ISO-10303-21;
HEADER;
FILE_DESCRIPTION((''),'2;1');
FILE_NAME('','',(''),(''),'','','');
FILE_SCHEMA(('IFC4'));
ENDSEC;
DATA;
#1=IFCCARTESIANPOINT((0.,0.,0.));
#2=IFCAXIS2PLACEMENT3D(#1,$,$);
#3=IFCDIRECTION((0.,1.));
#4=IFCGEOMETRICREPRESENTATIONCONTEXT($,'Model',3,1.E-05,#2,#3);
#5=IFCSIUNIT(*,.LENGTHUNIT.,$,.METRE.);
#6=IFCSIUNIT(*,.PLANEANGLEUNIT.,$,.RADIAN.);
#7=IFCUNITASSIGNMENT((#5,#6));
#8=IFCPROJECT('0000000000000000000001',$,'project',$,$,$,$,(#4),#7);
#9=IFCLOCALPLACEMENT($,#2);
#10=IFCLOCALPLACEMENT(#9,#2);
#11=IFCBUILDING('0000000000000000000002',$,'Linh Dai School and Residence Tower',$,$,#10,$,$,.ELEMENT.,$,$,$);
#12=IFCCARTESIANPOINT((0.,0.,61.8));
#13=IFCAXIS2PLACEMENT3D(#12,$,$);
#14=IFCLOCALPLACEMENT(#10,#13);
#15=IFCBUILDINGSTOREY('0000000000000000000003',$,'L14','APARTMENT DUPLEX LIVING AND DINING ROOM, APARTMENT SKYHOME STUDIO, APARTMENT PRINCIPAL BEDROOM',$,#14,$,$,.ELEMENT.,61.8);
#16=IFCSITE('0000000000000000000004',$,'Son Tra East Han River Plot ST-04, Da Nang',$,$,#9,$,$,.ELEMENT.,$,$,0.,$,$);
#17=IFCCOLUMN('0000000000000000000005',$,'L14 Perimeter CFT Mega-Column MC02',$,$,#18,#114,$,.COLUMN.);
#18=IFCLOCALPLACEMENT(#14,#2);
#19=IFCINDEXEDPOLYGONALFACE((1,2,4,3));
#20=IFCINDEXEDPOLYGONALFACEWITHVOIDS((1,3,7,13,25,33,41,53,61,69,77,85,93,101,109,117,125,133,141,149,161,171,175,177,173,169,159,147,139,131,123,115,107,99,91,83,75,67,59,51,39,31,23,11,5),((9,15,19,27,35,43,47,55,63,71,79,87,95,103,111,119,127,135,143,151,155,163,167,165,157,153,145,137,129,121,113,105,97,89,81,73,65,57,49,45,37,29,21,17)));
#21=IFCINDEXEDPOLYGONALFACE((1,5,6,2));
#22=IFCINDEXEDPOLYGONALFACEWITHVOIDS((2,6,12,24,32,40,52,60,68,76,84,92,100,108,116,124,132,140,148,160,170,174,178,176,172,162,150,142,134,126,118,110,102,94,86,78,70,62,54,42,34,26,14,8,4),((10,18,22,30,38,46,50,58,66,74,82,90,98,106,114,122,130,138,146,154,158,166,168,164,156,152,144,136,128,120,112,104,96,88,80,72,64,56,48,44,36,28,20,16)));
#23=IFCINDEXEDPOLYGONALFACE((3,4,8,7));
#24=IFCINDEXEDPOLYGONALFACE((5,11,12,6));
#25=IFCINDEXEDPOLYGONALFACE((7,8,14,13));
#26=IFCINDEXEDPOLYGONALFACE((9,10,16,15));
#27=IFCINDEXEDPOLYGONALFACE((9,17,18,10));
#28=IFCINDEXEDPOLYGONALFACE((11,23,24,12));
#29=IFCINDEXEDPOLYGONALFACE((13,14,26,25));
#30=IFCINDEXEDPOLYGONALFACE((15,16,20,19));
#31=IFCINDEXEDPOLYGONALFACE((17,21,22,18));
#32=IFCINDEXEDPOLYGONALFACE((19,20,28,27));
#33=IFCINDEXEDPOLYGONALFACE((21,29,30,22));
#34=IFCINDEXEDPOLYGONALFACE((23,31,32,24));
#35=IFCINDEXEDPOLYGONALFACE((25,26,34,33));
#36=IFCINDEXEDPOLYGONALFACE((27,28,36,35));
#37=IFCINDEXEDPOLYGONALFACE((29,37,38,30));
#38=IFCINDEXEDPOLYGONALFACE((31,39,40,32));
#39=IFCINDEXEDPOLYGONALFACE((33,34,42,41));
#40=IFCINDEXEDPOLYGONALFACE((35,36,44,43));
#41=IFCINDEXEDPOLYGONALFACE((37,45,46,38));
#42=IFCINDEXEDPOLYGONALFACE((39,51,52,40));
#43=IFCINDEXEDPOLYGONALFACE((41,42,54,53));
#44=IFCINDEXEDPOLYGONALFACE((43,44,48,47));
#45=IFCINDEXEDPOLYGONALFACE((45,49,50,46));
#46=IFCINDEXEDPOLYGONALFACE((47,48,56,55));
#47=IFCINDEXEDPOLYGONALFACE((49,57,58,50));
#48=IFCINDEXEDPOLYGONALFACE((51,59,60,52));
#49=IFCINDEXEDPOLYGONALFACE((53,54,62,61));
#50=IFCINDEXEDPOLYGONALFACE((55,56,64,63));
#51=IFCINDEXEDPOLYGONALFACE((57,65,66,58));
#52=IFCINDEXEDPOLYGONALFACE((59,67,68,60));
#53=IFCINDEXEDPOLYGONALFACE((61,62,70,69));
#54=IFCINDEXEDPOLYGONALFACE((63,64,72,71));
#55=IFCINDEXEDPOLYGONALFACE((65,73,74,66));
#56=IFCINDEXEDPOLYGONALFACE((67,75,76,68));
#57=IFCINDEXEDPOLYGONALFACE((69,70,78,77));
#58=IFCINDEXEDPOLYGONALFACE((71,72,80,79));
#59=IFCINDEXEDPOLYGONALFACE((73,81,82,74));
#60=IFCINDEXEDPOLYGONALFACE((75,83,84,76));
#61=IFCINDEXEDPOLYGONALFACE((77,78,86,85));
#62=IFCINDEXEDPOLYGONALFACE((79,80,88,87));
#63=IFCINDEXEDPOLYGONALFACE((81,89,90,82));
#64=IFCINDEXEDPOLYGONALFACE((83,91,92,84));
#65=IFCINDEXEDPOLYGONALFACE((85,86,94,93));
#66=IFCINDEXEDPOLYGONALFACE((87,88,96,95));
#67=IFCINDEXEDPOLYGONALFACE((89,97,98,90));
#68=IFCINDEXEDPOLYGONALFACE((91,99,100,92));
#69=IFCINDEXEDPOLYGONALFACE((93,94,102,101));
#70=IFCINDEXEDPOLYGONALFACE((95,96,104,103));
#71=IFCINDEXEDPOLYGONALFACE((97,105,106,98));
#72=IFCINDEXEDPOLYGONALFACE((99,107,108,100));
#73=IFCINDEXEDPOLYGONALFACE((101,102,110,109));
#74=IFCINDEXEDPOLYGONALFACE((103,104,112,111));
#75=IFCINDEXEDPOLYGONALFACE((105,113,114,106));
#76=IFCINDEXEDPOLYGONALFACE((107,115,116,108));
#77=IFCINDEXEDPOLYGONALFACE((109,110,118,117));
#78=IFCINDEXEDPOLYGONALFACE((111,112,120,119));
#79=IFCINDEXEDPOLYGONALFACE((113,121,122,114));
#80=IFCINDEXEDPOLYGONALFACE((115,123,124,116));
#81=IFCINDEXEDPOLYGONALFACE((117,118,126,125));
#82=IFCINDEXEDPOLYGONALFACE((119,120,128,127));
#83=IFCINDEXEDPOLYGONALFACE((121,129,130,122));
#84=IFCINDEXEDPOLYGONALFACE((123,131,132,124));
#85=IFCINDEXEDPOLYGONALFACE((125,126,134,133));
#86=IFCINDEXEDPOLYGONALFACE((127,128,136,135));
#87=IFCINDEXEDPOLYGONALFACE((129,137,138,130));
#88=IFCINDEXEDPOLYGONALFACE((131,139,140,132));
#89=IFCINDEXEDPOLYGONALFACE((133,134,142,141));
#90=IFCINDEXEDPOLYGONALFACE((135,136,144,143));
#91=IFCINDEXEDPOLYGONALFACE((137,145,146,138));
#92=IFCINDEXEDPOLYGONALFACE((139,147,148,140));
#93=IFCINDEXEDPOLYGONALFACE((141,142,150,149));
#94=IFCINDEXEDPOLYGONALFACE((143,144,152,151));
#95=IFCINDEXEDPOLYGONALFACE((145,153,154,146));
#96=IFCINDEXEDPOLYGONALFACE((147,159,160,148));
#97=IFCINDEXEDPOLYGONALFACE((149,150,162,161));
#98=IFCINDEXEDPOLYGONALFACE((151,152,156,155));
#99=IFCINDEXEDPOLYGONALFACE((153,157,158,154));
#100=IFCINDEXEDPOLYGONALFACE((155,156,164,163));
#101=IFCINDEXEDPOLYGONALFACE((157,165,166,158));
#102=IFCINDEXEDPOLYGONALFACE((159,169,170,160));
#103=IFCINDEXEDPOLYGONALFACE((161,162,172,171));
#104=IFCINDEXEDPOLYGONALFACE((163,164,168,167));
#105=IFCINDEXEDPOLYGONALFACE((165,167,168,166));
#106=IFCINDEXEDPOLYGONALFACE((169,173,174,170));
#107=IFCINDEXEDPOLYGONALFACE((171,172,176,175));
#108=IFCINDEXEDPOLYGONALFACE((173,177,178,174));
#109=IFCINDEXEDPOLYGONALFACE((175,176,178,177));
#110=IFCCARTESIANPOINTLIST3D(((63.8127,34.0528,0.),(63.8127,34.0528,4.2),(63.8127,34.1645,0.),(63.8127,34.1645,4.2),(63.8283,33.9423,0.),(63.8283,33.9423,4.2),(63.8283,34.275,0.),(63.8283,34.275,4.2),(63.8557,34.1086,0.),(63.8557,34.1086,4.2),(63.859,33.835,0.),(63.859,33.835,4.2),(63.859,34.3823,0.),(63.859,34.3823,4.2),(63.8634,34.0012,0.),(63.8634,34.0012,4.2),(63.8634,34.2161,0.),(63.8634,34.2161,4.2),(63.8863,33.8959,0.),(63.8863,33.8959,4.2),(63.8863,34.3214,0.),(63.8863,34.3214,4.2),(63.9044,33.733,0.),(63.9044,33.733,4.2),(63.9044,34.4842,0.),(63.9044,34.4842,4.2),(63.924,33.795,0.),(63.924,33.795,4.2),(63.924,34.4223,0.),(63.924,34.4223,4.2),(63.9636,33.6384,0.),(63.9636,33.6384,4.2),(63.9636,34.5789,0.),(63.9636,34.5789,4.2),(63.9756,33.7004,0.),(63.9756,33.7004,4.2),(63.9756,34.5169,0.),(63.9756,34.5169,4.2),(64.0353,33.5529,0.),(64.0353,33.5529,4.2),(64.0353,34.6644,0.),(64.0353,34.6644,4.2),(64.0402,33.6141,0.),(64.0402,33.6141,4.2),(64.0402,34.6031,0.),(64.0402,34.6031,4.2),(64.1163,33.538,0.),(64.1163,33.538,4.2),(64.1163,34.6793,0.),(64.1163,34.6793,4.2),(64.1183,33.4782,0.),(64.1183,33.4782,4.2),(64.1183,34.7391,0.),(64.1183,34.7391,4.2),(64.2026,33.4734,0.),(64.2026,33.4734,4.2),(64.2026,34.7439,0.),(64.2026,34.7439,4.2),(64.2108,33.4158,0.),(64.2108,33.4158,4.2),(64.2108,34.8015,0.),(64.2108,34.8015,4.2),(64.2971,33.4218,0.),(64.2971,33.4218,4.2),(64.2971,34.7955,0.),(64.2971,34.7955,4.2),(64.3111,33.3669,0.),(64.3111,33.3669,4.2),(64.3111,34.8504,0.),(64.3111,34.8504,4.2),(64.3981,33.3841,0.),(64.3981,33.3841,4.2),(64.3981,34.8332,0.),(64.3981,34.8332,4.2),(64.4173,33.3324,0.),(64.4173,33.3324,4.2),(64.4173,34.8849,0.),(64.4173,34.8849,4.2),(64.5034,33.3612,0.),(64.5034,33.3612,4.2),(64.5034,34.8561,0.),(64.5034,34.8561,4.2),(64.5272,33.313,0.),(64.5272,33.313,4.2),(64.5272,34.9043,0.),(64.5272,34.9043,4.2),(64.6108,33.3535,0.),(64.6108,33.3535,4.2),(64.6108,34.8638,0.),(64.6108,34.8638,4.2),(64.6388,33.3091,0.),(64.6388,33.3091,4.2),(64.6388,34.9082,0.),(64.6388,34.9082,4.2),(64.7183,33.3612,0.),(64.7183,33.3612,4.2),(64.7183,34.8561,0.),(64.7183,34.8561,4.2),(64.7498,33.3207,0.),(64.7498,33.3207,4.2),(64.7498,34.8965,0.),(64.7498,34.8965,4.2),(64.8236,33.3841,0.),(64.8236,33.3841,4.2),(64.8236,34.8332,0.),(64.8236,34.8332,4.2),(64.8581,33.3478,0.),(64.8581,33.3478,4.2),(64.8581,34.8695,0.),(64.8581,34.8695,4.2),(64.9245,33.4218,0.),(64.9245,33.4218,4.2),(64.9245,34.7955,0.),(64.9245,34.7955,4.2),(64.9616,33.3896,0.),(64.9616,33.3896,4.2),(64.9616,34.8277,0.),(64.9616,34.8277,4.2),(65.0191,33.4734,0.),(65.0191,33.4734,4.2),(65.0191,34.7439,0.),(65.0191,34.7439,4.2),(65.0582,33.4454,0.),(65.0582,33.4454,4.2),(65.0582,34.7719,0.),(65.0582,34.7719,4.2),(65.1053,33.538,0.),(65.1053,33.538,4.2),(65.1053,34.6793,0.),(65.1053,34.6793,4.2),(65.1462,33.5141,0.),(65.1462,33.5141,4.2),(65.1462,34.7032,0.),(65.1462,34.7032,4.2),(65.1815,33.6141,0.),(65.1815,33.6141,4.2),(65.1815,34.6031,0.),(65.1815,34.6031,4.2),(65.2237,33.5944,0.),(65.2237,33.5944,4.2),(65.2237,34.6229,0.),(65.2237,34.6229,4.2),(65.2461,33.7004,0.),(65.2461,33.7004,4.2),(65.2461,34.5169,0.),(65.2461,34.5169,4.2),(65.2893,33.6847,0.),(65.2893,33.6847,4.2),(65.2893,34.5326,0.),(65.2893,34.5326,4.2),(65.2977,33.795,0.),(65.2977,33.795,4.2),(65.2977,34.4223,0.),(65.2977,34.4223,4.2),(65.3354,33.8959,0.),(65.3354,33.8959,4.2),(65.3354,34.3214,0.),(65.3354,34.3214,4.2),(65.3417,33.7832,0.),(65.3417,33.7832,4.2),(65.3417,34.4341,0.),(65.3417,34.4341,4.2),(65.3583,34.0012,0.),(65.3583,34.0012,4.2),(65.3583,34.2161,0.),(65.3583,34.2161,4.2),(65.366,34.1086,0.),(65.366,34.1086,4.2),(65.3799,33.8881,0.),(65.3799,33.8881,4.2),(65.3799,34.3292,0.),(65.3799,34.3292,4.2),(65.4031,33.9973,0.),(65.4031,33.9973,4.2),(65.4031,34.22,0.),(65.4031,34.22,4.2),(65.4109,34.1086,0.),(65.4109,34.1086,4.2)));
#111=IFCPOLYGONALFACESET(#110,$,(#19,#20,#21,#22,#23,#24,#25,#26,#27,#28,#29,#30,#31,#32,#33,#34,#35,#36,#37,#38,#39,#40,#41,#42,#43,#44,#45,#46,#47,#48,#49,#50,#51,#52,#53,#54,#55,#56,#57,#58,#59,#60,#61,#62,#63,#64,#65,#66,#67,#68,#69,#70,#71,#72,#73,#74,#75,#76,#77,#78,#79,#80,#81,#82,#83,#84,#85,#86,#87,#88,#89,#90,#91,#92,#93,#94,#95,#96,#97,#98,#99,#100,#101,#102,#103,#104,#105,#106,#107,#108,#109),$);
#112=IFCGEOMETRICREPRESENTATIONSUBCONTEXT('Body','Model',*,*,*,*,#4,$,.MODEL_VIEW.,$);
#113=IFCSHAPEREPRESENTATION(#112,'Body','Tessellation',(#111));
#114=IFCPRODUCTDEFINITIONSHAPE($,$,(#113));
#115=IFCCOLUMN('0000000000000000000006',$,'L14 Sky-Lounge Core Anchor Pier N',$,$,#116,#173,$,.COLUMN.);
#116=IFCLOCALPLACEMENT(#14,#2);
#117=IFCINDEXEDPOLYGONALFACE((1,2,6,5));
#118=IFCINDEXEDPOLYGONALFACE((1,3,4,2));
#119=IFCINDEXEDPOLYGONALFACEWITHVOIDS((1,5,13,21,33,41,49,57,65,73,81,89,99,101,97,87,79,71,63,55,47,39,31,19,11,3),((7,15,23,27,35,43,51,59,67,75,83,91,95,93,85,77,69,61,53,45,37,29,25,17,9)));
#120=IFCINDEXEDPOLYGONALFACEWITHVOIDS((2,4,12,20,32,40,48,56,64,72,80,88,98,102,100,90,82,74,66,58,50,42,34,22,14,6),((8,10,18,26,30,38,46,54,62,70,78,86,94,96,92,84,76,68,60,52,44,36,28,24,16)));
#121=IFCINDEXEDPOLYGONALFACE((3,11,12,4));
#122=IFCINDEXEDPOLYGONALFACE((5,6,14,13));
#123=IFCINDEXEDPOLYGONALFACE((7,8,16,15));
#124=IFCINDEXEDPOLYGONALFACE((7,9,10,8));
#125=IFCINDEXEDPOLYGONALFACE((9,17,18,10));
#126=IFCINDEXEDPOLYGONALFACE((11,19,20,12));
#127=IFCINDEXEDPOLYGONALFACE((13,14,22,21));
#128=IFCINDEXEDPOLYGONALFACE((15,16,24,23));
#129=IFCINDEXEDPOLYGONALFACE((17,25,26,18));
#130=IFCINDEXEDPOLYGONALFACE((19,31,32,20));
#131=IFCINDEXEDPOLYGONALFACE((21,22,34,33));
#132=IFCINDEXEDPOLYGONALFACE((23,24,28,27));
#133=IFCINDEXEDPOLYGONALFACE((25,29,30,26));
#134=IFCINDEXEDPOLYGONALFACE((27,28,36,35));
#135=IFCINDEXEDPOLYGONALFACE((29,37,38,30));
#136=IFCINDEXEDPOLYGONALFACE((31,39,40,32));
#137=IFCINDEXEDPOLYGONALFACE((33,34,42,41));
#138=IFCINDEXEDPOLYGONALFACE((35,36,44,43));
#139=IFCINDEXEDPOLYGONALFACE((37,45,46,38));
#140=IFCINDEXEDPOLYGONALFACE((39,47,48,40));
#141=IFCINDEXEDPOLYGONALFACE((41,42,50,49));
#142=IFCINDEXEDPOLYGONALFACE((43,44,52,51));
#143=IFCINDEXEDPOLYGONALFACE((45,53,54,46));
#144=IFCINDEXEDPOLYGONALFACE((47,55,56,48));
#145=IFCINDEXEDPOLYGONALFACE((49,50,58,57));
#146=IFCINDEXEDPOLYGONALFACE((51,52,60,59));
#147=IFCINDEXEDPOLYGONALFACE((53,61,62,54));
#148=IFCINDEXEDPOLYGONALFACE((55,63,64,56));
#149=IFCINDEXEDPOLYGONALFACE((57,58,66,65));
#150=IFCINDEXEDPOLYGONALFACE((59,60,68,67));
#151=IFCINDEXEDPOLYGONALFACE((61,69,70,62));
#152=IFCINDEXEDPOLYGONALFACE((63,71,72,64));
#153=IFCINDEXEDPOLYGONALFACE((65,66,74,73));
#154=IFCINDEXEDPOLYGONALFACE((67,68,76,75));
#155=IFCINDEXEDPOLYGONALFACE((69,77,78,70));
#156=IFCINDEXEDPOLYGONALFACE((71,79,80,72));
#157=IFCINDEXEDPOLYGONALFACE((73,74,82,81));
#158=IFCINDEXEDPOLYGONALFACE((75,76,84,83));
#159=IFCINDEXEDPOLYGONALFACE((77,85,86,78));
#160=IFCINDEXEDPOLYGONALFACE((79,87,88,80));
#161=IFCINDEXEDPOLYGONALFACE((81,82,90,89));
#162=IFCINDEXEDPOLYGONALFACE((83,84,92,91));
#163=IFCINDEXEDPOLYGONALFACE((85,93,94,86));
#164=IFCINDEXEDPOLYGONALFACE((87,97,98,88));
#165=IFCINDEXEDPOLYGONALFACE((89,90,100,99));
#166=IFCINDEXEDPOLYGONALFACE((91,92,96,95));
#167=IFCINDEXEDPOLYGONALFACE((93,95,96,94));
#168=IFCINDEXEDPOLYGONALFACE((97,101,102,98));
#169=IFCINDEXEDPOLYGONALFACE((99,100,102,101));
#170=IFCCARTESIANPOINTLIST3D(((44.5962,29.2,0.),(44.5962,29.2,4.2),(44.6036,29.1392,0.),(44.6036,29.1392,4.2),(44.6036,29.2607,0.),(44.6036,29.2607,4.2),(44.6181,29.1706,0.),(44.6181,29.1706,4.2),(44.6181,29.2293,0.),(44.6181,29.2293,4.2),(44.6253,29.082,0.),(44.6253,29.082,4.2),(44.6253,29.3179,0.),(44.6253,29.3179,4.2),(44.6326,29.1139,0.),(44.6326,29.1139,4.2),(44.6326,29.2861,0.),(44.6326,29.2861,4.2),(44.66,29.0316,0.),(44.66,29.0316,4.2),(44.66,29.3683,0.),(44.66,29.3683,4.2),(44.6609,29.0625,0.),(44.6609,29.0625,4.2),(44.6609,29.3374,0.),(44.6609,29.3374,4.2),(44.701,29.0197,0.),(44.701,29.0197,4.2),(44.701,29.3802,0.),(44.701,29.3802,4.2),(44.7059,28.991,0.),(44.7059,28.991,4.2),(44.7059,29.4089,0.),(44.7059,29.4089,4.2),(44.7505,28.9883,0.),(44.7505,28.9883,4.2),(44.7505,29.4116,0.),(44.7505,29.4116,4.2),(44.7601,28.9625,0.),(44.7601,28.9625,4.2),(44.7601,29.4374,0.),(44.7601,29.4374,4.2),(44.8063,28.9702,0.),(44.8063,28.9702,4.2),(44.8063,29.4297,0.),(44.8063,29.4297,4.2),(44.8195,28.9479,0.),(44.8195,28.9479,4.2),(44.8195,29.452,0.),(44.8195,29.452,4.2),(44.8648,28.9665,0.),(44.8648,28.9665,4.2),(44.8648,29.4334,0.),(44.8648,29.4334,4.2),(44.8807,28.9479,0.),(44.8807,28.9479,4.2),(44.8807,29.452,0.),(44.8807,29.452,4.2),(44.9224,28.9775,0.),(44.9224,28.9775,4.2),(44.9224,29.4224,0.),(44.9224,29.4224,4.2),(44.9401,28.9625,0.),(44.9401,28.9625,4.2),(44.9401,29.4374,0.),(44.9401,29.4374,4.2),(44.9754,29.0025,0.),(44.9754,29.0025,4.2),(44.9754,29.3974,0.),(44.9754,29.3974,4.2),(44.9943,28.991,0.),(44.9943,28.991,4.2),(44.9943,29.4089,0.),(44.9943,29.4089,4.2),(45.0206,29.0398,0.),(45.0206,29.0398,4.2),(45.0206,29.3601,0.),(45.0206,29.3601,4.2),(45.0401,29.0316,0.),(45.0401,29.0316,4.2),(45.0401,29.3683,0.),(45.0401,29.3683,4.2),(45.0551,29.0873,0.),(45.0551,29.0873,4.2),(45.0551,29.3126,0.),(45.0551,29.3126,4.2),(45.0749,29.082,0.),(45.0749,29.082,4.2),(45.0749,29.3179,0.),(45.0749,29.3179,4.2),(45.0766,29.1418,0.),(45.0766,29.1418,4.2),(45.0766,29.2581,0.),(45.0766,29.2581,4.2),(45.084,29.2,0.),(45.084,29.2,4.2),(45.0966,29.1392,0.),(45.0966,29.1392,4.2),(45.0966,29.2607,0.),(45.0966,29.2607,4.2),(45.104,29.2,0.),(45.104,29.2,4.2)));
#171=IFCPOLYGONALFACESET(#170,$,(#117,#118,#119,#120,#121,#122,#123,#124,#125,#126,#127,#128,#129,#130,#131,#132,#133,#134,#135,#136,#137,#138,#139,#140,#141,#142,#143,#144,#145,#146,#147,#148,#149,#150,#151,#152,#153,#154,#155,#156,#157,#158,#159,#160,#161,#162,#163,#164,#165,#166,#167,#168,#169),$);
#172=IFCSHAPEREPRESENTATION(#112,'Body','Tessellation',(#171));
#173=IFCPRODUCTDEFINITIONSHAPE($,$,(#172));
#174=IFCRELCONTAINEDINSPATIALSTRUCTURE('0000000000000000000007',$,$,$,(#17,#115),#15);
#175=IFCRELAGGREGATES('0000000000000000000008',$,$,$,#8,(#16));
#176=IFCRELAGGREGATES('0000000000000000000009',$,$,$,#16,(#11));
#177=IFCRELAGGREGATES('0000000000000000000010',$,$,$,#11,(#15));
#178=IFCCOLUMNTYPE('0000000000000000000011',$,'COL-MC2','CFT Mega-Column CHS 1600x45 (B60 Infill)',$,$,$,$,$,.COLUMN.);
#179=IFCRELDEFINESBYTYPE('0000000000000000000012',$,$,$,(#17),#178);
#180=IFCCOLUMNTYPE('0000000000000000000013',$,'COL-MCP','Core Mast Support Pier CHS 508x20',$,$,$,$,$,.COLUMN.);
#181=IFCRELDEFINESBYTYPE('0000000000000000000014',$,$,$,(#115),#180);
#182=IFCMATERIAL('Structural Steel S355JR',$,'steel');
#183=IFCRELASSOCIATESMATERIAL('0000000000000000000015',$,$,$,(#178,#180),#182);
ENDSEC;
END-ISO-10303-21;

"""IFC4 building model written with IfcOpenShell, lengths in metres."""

from ifc_helpers import new_model, si_unit, direction, frame, origin, origin_2d, place, context, subcontext, project, spatial, hollow_circle, extrude, material, material_profile, profile_set, type_object, element, save


model = new_model("IFC4")

# Units and contexts
model_context = context("Model", 3, precision=1e-05, world=origin(), true_north=direction((0.0, 1.0)))
body_context = subcontext(model_context, "Body", "Model", "MODEL_VIEW")
ifc_project = project(units=[si_unit("LENGTHUNIT", "METRE"), si_unit("PLANEANGLEUNIT", "RADIAN")], contexts=[model_context])

# Site, building, storey
site_placement = place(None, origin())
site = spatial("IfcSite", under=ifc_project, at=site_placement, Name="Son Tra East Han River Plot ST-04, Da Nang", CompositionType="ELEMENT", RefElevation=0.0)
building_placement = place(site_placement, origin())
building = spatial("IfcBuilding", under=site, at=building_placement, Name="Linh Dai School and Residence Tower", CompositionType="ELEMENT")
storey_placement = place(building_placement, frame((0.0, 0.0, 61.8)))
storey = spatial("IfcBuildingStorey", under=building, at=storey_placement, Name="L14", Description="APARTMENT DUPLEX LIVING AND DINING ROOM, APARTMENT SKYHOME STUDIO, APARTMENT PRINCIPAL BEDROOM", CompositionType="ELEMENT", Elevation=61.8)

# Columns
ifc_material_1 = material(Name="Structural Steel S355JR", Category="steel")
ifc_material_profile_1 = material_profile(ifc_material_1, hollow_circle(Radius=0.8, WallThickness=0.0449, at=origin_2d()), Name="CHS 1600x45")
ifc_profile_set_1 = profile_set([ifc_material_profile_1], Name="Structural Steel S355JR")
column_type_1 = type_object("IfcColumnType", Name="COL-MC2", Description="CFT Mega-Column CHS 1600x45 (B60 Infill)", PredefinedType="COLUMN", material=ifc_profile_set_1)
for number, where, z_axis, x_axis, name in (
    (1, (64.6108, 34.1086, 0.0), (0.0, 0.0, 1.0), (1.0, 0.0, 0.0), "L14 Perimeter CFT Mega-Column MC02"),
):
    element("IfcColumn", number, at=place(storey_placement, frame(where, z_axis=z_axis, x_axis=x_axis)), inside=storey, type_object=column_type_1, Name=name, PredefinedType="COLUMN", context=body_context, shape_type="SweptSolid", body=[
        extrude(hollow_circle(Radius=0.8, WallThickness=0.0449, at=origin_2d()), origin(), (0.0, 0.0, 1.0), 4.2),
    ])
ifc_material_profile_2 = material_profile(ifc_material_1, hollow_circle(Radius=0.2539, WallThickness=0.02, at=origin_2d()), Name="CHS 508x20")
ifc_profile_set_2 = profile_set([ifc_material_profile_2], Name="Structural Steel S355JR")
column_type_2 = type_object("IfcColumnType", Name="COL-MCP", Description="Core Mast Support Pier CHS 508x20", PredefinedType="COLUMN", material=ifc_profile_set_2)
column_1_placement = place(storey_placement, frame((44.8501, 29.2, 0.0), z_axis=(0.0, 0.0, 1.0), x_axis=(1.0, 0.0, 0.0)))
element("IfcColumn", 2, at=column_1_placement, inside=storey, type_object=column_type_2, Name="L14 Sky-Lounge Core Anchor Pier N", PredefinedType="COLUMN", context=body_context, shape_type="SweptSolid", body=[
    extrude(hollow_circle(Radius=0.2539, WallThickness=0.02, at=origin_2d()), origin(), (0.0, 0.0, 1.0), 4.2),
])

save(model, "model.ifc")
